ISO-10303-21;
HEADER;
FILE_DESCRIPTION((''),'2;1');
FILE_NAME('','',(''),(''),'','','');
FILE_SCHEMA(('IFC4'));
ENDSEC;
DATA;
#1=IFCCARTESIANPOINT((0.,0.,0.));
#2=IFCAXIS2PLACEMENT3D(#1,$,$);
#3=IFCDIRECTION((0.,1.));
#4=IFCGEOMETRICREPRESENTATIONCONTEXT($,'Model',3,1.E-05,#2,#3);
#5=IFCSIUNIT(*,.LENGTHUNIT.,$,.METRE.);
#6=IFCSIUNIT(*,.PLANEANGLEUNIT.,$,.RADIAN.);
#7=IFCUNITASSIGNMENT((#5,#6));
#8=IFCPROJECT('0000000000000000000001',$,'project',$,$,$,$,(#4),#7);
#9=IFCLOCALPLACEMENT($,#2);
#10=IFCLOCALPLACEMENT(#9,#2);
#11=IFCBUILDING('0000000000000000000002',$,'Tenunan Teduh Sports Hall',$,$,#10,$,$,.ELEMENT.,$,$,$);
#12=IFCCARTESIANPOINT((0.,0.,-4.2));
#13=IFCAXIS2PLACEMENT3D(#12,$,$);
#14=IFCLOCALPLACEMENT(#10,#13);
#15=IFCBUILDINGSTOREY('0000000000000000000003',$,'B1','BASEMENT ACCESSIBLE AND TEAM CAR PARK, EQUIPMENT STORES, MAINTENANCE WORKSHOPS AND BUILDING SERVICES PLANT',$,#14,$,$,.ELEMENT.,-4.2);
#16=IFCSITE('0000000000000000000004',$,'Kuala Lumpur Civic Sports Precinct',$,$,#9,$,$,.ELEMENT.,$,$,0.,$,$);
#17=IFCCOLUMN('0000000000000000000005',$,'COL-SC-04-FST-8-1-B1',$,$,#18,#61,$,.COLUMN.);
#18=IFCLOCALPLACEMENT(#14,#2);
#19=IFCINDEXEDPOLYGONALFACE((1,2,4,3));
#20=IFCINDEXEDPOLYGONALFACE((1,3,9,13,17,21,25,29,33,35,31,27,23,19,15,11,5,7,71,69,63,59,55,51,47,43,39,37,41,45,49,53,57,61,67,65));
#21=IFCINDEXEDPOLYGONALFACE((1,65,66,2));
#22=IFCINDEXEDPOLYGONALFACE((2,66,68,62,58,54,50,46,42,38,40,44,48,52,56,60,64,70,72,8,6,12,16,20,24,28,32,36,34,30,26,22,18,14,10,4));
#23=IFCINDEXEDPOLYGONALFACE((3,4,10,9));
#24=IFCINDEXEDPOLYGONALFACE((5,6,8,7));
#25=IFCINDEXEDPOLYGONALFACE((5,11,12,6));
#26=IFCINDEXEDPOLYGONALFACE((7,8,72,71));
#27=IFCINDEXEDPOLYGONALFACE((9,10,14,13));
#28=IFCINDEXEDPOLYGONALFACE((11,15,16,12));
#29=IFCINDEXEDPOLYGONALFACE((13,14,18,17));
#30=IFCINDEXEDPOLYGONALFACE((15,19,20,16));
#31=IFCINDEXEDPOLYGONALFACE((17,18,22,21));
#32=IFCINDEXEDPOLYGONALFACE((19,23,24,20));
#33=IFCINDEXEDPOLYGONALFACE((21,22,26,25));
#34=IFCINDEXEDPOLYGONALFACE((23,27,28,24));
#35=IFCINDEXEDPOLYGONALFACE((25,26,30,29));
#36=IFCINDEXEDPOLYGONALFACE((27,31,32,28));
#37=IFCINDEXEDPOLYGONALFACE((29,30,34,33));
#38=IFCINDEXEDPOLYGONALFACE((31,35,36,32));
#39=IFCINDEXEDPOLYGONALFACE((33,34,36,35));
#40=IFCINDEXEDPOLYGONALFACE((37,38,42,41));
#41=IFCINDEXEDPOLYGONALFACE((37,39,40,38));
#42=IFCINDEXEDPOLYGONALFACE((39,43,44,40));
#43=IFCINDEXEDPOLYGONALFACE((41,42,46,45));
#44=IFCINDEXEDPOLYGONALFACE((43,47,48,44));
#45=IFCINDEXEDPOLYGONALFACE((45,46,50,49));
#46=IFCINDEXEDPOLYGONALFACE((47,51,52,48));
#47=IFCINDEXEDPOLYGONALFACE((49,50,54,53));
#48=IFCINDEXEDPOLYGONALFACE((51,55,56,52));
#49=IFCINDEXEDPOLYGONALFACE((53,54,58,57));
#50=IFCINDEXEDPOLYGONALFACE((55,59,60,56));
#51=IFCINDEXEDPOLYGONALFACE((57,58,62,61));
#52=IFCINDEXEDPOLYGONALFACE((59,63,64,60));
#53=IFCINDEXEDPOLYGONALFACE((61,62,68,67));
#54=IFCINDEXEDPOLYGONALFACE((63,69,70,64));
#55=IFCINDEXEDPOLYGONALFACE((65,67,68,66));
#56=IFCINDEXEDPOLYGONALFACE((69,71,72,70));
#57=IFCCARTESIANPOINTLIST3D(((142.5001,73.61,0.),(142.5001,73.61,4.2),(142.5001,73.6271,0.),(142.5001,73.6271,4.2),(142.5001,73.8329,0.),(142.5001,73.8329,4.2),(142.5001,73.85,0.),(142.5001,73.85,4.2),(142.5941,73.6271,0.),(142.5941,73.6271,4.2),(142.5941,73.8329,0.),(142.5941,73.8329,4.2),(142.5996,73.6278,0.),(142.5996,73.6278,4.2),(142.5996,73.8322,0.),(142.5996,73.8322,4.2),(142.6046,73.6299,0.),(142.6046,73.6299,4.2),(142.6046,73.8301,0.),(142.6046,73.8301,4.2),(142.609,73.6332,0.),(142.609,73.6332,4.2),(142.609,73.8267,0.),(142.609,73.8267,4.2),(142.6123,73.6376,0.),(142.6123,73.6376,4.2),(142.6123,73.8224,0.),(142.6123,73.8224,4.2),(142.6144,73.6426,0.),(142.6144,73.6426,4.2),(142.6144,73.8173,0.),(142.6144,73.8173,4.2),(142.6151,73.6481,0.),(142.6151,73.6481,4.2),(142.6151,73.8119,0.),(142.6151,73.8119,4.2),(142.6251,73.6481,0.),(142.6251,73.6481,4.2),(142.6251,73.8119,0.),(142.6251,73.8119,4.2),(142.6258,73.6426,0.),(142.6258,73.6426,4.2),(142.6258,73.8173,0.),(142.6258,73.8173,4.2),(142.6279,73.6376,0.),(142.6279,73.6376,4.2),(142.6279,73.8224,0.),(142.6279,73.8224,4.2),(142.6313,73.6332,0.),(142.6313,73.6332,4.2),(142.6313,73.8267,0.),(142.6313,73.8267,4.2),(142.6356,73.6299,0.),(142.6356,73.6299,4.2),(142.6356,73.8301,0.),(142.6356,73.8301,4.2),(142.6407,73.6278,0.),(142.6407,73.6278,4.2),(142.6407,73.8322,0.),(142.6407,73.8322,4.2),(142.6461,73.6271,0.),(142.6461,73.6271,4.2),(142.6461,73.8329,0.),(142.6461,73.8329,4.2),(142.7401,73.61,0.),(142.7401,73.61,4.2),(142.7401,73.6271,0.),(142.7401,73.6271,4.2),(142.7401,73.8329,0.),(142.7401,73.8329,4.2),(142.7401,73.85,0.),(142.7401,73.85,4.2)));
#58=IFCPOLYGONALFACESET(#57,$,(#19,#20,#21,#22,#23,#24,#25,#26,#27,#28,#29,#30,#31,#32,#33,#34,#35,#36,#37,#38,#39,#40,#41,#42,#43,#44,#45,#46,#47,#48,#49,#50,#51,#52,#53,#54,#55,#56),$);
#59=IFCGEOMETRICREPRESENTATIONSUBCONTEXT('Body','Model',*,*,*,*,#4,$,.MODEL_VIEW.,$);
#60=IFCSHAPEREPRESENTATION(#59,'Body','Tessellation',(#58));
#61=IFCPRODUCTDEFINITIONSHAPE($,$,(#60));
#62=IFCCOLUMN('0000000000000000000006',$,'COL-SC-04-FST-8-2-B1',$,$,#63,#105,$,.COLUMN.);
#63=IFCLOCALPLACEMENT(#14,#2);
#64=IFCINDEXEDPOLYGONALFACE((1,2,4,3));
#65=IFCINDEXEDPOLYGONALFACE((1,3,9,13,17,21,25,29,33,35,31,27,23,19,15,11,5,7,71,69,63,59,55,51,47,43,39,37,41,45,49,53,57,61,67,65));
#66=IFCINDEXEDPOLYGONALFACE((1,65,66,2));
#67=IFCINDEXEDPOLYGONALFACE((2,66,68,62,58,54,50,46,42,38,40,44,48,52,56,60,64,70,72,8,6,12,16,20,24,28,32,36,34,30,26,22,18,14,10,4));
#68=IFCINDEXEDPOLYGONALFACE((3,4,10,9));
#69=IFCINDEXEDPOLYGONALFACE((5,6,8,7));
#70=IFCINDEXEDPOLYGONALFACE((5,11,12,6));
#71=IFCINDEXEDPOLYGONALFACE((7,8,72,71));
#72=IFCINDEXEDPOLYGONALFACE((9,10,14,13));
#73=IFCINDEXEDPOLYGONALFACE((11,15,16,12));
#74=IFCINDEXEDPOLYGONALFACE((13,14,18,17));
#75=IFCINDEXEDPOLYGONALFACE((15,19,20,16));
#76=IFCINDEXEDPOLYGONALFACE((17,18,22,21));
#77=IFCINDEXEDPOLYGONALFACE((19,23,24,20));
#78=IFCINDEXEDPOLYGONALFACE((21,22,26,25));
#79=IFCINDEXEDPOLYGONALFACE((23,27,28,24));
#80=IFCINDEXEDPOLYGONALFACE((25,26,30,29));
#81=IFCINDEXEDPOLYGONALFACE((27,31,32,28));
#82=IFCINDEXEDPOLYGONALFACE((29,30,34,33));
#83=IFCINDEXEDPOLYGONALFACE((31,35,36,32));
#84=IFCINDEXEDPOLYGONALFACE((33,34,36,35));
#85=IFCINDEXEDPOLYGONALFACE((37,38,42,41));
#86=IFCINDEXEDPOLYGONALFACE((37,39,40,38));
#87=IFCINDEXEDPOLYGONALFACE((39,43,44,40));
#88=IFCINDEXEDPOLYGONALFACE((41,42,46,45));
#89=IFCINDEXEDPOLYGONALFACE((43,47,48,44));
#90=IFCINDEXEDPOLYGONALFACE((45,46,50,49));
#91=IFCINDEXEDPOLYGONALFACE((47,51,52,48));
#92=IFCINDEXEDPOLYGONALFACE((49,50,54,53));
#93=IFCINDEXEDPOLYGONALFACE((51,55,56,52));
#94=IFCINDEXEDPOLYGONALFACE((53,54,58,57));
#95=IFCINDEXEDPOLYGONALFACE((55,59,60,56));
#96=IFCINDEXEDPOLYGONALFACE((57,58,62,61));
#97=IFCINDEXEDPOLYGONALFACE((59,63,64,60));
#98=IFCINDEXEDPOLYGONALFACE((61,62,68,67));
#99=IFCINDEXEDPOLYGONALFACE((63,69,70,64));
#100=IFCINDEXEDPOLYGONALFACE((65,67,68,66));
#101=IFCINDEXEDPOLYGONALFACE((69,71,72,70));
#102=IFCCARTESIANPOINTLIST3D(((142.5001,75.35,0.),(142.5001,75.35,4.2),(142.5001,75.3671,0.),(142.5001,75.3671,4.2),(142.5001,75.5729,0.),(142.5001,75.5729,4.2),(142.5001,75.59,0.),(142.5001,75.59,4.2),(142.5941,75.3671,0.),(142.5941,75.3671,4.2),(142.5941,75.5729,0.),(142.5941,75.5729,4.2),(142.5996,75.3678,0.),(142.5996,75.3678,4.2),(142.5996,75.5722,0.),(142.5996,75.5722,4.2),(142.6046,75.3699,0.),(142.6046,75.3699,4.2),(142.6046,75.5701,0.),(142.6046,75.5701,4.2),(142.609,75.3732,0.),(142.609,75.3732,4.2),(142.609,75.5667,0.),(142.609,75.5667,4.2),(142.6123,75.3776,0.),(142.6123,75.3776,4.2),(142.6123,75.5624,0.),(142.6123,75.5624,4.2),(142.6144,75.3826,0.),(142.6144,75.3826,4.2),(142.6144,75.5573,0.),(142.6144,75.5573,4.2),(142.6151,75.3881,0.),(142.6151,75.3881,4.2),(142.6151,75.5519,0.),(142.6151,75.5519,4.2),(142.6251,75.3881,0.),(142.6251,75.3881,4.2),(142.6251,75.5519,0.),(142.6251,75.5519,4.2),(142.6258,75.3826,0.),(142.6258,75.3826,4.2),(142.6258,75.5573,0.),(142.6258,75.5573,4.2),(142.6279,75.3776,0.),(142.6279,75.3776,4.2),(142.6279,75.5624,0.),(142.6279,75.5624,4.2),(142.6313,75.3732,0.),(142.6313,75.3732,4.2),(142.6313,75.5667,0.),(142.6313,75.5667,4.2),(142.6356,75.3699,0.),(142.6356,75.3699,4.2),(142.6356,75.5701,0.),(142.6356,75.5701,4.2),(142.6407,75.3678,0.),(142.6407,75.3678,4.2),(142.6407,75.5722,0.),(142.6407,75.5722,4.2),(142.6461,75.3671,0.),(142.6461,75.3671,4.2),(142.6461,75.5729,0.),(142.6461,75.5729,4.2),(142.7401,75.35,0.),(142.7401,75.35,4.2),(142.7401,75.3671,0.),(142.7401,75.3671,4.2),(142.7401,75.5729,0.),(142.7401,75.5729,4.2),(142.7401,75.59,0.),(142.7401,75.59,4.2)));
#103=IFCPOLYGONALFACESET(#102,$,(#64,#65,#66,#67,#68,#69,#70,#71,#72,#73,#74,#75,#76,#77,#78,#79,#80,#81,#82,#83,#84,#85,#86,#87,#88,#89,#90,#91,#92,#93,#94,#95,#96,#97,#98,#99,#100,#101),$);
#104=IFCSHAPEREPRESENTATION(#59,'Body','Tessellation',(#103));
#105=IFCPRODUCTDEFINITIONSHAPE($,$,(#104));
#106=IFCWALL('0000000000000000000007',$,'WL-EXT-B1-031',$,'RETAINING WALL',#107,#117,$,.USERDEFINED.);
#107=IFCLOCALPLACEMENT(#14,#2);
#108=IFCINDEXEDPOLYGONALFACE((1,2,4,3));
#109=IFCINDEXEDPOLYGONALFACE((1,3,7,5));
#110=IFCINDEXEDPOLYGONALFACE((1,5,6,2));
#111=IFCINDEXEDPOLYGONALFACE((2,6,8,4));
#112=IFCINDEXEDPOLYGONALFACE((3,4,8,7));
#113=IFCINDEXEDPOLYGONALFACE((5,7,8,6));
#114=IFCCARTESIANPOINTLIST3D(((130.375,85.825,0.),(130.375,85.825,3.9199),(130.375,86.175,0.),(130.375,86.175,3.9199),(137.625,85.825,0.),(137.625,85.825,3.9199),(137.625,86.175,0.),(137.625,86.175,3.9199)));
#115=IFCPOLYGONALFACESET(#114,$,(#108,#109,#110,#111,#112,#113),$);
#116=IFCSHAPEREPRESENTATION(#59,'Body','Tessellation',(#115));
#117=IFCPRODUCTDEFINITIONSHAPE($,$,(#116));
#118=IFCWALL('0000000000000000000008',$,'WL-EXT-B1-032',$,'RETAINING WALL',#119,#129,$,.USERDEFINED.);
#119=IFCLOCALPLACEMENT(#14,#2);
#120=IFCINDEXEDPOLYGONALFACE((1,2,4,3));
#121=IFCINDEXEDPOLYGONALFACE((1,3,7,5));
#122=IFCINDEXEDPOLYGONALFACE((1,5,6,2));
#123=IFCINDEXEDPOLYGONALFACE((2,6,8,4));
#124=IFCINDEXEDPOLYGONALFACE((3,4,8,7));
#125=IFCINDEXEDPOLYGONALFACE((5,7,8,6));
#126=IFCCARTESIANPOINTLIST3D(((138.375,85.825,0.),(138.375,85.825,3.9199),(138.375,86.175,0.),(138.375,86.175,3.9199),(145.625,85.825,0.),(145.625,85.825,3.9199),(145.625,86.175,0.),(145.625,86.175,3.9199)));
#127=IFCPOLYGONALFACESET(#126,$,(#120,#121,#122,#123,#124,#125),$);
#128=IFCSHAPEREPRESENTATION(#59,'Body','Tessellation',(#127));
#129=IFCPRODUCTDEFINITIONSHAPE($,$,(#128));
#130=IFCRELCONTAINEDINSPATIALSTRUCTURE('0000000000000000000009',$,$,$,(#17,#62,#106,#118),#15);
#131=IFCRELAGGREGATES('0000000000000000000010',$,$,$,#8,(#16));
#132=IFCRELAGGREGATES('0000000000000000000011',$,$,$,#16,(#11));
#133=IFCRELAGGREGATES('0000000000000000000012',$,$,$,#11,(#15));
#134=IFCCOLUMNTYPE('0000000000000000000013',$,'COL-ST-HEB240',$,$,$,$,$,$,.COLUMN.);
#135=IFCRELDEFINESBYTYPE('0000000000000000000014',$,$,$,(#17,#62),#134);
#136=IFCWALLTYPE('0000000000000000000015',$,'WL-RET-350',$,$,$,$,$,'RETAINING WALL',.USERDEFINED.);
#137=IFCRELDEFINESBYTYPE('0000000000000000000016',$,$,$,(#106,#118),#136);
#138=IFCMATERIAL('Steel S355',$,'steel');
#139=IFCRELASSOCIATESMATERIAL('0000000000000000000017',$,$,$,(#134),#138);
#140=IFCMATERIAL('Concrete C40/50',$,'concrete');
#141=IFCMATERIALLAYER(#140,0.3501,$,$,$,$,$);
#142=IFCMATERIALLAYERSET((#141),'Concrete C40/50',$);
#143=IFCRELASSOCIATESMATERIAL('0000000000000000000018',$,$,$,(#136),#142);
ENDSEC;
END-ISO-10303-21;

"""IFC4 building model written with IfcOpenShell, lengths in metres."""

from ifc_helpers import new_model, si_unit, direction, frame, frame_2d, origin, origin_2d, place, context, subcontext, project, spatial, rectangle, i_section, extrude, material, layer, layer_set, material_profile, profile_set, type_object, element, save


model = new_model("IFC4")

# Units and contexts
model_context = context("Model", 3, precision=1e-05, world=origin(), true_north=direction((0.0, 1.0)))
body_context = subcontext(model_context, "Body", "Model", "MODEL_VIEW")
ifc_project = project(units=[si_unit("LENGTHUNIT", "METRE"), si_unit("PLANEANGLEUNIT", "RADIAN")], contexts=[model_context])

# Site, building, storey
site_placement = place(None, origin())
site = spatial("IfcSite", under=ifc_project, at=site_placement, Name="Kuala Lumpur Civic Sports Precinct", CompositionType="ELEMENT", RefElevation=0.0)
building_placement = place(site_placement, origin())
building = spatial("IfcBuilding", under=site, at=building_placement, Name="Tenunan Teduh Sports Hall", CompositionType="ELEMENT")
storey_placement = place(building_placement, frame((0.0, 0.0, -4.2)))
storey = spatial("IfcBuildingStorey", under=building, at=storey_placement, Name="B1", Description="BASEMENT ACCESSIBLE AND TEAM CAR PARK, EQUIPMENT STORES, MAINTENANCE WORKSHOPS AND BUILDING SERVICES PLANT", CompositionType="ELEMENT", Elevation=-4.2)

# Columns
ifc_material_1 = material(Name="Steel S355", Category="steel")
ifc_material_profile_1 = material_profile(ifc_material_1, i_section(OverallWidth=0.24, OverallDepth=0.24, WebThickness=0.01, FlangeThickness=0.0171, FilletRadius=0.021, at=origin_2d()), Name="HEB 240")
ifc_profile_set_1 = profile_set([ifc_material_profile_1], Name="Steel S355")
column_type_1 = type_object("IfcColumnType", Name="COL-ST-HEB240", PredefinedType="COLUMN", material=ifc_profile_set_1)
for number, where, z_axis, x_axis, name in (
    (1, (142.6201, 73.73, 0.0), (0.0, 0.0, 1.0), (1.0, 0.0, 0.0), "COL-SC-04-FST-8-1-B1"),
    (2, (142.6201, 75.47, 0.0), (0.0, 0.0, 1.0), (1.0, 0.0, 0.0), "COL-SC-04-FST-8-2-B1"),
):
    element("IfcColumn", number, at=place(storey_placement, frame(where, z_axis=z_axis, x_axis=x_axis)), inside=storey, type_object=column_type_1, Name=name, PredefinedType="COLUMN", context=body_context, shape_type="SweptSolid", body=[
        extrude(i_section(OverallWidth=0.24, OverallDepth=0.24, WebThickness=0.01, FlangeThickness=0.0171, FilletRadius=0.021, at=origin_2d()), origin(), (0.0, 0.0, 1.0), 4.2),
    ])

# Walls
ifc_material_2 = material(Name="Concrete C40/50", Category="concrete")
ifc_layer = layer(ifc_material_2, 0.3501)
ifc_layer_set = layer_set([ifc_layer], Name="Concrete C40/50")
wall_type = type_object("IfcWallType", Name="WL-RET-350", ElementType="RETAINING WALL", PredefinedType="USERDEFINED", material=ifc_layer_set)
for number, where, z_axis, x_axis, name in (
    (3, (130.375, 86.0, 0.0), (0.0, 0.0, 1.0), (1.0, 0.0, 0.0), "WL-EXT-B1-031"),
    (4, (138.375, 86.0, 0.0), (0.0, 0.0, 1.0), (1.0, 0.0, 0.0), "WL-EXT-B1-032"),
):
    element("IfcWall", number, at=place(storey_placement, frame(where, z_axis=z_axis, x_axis=x_axis)), inside=storey, type_object=wall_type, Name=name, ObjectType="RETAINING WALL", PredefinedType="USERDEFINED", context=body_context, shape_type="SweptSolid", body=[
        extrude(rectangle(XDim=7.25, YDim=0.3501, at=frame_2d((3.625, 0.0))), origin(), (0.0, 0.0, 1.0), 3.9199),
    ])

save(model, "model.ifc")
